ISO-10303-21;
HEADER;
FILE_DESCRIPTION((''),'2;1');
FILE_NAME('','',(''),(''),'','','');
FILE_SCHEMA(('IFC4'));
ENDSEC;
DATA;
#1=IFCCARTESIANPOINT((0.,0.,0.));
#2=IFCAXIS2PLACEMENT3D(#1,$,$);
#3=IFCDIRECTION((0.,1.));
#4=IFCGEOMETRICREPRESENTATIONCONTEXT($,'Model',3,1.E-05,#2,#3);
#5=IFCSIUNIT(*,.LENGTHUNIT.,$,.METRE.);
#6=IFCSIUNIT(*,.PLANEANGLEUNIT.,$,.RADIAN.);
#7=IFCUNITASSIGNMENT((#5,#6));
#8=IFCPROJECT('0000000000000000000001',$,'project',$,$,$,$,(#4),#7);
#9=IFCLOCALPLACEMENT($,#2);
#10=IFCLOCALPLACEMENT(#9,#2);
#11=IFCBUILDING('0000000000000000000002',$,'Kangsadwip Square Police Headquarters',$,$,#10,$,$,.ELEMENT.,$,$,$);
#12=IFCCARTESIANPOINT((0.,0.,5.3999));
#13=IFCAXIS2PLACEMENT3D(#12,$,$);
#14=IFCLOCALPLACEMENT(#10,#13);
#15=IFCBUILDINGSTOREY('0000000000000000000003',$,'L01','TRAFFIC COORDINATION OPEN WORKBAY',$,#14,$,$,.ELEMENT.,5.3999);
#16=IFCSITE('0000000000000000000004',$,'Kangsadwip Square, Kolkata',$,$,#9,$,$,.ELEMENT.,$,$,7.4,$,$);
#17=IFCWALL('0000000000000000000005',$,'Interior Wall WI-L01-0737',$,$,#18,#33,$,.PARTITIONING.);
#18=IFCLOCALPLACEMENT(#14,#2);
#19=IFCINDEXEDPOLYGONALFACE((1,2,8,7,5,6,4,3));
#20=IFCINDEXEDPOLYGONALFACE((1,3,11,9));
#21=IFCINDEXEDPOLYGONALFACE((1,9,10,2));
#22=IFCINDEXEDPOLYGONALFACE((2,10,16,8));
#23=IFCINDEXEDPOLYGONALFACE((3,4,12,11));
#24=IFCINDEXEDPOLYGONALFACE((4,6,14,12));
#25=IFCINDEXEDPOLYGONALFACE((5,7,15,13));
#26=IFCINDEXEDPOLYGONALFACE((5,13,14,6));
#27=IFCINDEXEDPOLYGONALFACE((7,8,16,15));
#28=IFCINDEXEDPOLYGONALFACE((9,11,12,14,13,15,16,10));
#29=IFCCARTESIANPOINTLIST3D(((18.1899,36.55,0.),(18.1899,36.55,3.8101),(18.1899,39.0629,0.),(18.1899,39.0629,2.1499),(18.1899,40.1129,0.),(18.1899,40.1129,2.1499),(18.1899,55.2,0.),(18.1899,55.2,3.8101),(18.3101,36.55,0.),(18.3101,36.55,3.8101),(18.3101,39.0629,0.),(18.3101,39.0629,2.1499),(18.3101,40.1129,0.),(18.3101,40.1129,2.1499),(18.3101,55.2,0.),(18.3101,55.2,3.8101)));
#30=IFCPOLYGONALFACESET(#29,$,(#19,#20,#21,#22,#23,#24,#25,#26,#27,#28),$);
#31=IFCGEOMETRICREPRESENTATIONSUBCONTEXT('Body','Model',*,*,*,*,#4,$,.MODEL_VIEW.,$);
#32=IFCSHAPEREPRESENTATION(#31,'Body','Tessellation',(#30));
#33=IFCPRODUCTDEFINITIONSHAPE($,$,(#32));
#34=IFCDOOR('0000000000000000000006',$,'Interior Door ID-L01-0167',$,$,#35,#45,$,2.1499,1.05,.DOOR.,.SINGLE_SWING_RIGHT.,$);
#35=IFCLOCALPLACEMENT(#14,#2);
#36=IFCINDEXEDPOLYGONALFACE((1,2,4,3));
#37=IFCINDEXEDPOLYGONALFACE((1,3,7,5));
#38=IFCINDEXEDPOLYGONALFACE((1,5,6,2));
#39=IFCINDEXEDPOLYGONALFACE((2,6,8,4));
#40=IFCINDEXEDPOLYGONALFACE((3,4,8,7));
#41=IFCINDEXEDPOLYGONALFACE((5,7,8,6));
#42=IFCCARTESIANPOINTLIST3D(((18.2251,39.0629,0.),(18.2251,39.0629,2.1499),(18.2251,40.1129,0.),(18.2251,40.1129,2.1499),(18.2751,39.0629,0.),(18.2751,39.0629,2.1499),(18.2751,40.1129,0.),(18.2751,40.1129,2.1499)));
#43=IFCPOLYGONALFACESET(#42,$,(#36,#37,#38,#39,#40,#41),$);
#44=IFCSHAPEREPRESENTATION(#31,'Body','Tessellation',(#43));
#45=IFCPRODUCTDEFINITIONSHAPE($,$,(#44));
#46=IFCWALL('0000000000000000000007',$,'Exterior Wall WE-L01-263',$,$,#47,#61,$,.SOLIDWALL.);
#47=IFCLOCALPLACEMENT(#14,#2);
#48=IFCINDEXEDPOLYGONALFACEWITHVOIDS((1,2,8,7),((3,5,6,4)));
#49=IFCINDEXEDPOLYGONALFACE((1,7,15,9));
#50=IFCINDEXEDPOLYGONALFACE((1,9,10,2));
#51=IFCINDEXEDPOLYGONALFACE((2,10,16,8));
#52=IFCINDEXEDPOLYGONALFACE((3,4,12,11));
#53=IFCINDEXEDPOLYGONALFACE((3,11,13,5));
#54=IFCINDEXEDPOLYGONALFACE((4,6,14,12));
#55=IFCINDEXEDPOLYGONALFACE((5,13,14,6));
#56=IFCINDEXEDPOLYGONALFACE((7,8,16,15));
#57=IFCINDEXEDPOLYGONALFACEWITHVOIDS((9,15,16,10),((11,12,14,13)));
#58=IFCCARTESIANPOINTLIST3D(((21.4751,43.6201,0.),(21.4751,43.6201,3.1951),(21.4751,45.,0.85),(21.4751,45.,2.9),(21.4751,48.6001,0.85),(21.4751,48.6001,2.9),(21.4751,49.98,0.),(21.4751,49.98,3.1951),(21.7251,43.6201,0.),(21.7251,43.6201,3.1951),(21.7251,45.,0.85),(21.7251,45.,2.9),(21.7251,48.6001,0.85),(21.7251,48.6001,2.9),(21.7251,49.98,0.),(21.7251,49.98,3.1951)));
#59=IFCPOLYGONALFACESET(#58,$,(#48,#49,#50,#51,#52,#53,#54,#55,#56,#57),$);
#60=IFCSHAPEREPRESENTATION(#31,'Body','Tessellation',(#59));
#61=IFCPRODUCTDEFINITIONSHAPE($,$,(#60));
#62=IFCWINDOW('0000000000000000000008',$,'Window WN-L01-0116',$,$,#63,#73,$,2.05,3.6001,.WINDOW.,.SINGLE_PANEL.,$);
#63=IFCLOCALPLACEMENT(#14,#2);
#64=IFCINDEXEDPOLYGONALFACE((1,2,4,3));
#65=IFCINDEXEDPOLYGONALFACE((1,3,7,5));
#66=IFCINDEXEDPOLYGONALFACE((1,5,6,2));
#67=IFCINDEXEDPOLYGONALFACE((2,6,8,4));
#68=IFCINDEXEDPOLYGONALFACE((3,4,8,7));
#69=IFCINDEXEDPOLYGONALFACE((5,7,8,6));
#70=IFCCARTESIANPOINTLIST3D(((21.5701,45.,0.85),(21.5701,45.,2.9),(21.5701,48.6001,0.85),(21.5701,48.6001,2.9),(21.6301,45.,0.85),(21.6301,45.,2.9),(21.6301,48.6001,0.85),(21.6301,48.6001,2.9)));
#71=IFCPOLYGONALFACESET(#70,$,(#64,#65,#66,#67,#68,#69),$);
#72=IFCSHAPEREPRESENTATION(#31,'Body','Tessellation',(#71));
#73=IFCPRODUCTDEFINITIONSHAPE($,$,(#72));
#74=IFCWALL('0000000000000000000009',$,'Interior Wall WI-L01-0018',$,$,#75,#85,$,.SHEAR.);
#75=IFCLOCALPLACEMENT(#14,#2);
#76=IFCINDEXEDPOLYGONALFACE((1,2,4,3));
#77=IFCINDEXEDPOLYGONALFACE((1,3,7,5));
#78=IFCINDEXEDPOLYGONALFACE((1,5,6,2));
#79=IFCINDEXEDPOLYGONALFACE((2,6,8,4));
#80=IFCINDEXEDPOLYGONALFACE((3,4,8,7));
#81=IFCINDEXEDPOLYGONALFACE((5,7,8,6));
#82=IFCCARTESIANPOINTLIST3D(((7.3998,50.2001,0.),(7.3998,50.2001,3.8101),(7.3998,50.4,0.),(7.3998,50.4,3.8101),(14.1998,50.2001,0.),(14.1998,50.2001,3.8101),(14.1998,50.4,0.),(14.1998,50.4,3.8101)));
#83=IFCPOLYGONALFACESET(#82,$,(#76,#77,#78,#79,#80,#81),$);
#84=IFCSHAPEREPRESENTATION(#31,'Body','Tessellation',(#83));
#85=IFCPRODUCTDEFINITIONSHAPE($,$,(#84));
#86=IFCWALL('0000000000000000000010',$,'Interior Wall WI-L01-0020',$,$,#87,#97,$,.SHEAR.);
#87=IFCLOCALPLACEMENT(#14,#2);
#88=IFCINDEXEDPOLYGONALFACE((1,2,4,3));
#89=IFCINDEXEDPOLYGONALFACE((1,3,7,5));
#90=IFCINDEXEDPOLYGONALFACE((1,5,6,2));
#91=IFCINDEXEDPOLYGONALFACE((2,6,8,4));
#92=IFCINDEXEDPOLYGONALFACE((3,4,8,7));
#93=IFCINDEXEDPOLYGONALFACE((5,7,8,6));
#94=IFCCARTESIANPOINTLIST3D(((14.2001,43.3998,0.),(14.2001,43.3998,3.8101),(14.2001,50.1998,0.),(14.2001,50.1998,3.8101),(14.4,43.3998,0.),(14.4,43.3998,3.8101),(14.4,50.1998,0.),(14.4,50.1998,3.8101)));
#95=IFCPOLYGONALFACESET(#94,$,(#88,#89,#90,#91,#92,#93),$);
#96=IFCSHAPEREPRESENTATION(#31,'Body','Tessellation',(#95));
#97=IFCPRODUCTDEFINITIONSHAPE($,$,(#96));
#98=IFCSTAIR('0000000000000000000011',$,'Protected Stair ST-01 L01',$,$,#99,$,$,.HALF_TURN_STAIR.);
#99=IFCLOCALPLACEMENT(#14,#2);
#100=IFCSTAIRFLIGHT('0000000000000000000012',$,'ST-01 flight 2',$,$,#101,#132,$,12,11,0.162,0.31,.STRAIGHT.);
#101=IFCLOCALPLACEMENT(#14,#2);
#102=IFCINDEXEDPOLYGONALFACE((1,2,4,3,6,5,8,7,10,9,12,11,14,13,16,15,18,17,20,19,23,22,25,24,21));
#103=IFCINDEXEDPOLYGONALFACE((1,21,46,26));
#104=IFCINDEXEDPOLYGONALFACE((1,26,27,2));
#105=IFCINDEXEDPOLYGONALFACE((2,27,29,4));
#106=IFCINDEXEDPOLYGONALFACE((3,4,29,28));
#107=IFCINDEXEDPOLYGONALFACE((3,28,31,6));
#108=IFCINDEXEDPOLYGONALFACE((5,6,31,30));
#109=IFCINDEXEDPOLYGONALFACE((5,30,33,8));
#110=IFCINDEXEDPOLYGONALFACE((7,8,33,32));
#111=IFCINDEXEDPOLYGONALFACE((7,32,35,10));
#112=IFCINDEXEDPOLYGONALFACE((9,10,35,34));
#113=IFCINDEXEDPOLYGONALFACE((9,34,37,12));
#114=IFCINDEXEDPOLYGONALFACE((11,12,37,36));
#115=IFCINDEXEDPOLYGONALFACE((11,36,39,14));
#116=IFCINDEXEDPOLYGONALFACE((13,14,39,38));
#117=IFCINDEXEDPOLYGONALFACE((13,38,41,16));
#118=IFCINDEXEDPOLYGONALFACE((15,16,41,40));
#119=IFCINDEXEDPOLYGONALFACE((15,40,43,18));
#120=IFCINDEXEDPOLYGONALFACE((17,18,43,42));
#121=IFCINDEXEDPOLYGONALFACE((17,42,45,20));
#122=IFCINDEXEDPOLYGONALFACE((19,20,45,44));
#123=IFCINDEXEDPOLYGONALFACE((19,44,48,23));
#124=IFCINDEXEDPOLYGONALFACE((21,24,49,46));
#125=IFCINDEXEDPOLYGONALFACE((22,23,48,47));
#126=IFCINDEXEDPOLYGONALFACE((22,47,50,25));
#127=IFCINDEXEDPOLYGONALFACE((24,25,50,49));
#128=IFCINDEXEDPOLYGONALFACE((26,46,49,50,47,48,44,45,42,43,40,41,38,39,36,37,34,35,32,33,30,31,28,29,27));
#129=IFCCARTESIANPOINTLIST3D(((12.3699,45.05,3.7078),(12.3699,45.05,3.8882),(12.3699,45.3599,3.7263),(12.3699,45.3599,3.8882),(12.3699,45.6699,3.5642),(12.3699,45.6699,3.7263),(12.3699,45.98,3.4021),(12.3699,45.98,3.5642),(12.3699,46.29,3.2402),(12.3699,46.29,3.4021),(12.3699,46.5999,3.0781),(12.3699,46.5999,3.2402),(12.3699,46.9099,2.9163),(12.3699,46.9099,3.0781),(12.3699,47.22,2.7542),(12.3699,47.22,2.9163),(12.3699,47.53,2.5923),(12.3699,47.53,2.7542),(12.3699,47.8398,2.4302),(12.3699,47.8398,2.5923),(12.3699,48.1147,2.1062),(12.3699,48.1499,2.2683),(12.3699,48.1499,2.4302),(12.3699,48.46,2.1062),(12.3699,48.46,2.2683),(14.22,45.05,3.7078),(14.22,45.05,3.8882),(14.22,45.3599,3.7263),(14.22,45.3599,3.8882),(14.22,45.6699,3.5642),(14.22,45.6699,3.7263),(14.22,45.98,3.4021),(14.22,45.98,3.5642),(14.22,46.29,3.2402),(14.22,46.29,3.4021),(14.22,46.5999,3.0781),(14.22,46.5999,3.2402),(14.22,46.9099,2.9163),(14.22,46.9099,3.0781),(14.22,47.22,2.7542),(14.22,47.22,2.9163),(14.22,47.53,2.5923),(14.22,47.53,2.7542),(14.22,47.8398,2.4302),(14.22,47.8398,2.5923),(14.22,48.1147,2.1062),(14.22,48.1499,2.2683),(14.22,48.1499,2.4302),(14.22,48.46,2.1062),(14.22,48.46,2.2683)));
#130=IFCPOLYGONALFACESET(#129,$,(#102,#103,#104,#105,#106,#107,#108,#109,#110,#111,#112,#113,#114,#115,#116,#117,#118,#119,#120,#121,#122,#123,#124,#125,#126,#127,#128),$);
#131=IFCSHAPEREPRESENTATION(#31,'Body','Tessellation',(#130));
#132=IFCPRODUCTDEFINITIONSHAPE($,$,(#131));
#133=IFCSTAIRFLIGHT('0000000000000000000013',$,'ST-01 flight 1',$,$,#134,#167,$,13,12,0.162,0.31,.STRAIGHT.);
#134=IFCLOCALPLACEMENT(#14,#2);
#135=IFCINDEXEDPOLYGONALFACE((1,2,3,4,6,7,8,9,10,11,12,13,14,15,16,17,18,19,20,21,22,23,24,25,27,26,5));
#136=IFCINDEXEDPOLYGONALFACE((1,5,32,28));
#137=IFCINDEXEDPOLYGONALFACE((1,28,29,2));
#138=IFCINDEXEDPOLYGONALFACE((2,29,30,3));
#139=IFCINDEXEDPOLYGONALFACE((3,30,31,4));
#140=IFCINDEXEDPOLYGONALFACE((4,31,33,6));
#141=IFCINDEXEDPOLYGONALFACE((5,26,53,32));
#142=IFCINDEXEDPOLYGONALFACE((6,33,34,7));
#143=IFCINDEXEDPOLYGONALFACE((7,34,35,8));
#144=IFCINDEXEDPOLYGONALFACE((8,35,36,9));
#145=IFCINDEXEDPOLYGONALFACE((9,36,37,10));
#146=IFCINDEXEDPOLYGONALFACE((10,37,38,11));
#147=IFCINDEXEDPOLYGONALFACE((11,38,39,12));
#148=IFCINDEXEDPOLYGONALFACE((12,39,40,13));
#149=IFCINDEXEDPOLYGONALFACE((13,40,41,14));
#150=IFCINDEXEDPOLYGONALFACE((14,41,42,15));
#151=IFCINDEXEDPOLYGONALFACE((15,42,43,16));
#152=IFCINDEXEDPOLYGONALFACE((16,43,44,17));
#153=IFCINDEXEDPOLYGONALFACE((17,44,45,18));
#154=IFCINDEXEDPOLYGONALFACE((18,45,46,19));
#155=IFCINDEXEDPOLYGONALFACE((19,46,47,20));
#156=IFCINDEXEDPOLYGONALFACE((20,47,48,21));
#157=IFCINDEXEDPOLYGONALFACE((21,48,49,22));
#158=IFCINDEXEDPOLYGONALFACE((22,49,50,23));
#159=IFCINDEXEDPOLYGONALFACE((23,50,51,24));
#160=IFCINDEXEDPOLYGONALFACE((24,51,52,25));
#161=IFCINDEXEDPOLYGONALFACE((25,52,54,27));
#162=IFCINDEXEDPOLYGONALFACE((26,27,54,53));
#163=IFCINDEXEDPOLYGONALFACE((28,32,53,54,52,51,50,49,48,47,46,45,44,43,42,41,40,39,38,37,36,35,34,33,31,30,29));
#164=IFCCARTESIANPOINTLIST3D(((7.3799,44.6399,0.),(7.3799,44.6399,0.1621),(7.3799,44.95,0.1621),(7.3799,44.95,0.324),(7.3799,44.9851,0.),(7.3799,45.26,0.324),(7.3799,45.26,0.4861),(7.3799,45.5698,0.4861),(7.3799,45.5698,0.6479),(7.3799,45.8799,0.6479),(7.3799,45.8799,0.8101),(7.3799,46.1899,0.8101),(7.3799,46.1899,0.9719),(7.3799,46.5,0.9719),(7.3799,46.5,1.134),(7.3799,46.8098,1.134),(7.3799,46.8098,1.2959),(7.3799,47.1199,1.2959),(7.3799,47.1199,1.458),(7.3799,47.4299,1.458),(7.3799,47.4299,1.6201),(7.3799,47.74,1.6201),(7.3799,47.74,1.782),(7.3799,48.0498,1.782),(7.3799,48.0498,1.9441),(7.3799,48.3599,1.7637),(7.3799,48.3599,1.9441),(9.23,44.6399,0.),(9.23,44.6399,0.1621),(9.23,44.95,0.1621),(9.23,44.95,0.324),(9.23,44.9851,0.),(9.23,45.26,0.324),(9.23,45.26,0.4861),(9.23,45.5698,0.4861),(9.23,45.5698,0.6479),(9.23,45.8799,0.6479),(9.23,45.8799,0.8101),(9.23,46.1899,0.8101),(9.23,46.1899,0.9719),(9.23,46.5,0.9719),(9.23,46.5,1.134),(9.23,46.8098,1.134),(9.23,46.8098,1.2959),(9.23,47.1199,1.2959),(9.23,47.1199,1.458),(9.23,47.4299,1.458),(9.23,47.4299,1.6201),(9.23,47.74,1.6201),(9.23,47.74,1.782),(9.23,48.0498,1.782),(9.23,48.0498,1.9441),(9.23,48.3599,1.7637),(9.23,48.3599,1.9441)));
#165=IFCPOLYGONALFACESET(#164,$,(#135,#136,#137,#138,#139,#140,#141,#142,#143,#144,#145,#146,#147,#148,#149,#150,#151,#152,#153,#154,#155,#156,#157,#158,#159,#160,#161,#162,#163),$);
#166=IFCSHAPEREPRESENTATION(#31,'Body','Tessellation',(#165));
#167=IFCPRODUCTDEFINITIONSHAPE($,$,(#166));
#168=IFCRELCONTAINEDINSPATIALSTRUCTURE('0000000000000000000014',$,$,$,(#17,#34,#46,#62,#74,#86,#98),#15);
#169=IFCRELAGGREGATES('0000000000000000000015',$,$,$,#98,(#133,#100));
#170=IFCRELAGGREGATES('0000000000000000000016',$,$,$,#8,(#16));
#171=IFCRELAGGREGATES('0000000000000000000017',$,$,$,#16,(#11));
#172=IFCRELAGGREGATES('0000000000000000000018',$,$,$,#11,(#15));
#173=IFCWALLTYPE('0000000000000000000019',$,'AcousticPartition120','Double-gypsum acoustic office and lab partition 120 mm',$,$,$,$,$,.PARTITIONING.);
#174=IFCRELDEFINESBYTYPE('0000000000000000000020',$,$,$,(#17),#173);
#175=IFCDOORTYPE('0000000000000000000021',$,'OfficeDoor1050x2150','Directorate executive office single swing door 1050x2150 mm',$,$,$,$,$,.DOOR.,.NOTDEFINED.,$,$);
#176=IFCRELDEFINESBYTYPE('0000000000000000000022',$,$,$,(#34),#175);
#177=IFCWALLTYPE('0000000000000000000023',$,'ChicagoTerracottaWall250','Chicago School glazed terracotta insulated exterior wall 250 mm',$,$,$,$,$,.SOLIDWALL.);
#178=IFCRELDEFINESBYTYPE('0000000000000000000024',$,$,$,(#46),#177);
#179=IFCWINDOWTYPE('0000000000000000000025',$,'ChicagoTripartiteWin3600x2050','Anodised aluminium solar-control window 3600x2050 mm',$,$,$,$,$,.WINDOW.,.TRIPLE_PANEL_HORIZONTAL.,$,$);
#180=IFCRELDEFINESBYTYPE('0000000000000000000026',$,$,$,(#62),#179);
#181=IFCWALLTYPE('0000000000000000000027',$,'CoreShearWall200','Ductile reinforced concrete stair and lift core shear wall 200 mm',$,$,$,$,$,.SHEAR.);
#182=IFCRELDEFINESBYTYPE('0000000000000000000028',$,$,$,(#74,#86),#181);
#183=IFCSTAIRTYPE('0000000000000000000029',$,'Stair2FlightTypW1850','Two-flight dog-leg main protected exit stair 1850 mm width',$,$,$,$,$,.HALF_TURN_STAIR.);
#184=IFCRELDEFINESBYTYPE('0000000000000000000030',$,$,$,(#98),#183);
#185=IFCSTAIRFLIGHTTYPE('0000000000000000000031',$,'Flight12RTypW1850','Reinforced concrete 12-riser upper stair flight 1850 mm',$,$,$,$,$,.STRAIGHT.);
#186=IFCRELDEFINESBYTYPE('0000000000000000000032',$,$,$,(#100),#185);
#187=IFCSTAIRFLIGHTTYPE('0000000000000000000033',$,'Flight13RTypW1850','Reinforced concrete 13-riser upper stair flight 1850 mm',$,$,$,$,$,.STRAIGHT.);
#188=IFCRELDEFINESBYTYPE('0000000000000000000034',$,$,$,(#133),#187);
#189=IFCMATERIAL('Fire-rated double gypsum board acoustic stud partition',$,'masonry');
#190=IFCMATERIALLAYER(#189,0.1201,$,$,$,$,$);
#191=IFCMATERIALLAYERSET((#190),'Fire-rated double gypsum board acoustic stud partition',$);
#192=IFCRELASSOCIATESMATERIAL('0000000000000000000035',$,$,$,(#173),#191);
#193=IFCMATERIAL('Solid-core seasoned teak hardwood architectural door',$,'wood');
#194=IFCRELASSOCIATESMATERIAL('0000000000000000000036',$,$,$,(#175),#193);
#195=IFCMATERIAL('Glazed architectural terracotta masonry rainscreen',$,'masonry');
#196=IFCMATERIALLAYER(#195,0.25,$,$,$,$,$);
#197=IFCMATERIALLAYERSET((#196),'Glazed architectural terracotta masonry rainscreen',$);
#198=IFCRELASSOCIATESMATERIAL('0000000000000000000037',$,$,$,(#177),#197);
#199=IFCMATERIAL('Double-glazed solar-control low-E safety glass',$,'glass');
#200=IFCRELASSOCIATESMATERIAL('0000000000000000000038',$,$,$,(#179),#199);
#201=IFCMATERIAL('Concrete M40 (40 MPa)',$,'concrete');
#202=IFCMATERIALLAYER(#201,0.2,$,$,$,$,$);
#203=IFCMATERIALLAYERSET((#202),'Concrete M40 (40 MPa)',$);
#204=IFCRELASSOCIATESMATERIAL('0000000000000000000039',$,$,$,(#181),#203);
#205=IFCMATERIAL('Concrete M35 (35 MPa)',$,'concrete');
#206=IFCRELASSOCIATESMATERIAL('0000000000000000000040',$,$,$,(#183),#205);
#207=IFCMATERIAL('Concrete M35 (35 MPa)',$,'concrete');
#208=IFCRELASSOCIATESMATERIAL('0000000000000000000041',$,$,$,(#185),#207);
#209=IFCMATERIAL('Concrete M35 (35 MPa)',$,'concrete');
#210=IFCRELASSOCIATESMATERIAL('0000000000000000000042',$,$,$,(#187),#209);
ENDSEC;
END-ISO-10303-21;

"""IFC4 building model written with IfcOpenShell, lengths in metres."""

from ifc_helpers import new_model, si_unit, direction, frame, frame_2d, origin, place, context, subcontext, project, spatial, polyline, rectangle, outline, extrude, material, layer, layer_set, type_object, element, fill, aggregate, save


model = new_model("IFC4")

# Units and contexts
model_context = context("Model", 3, precision=1e-05, world=origin(), true_north=direction((0.0, 1.0)))
body_context = subcontext(model_context, "Body", "Model", "MODEL_VIEW")
ifc_project = project(units=[si_unit("LENGTHUNIT", "METRE"), si_unit("PLANEANGLEUNIT", "RADIAN")], contexts=[model_context])

# Site, building, storey
site_placement = place(None, origin())
site = spatial("IfcSite", under=ifc_project, at=site_placement, Name="Kangsadwip Square, Kolkata", CompositionType="ELEMENT", RefElevation=7.4)
building_placement = place(site_placement, origin())
building = spatial("IfcBuilding", under=site, at=building_placement, Name="Kangsadwip Square Police Headquarters", CompositionType="ELEMENT")
storey_placement = place(building_placement, frame((0.0, 0.0, 5.3999)))
storey = spatial("IfcBuildingStorey", under=building, at=storey_placement, Name="L01", Description="TRAFFIC COORDINATION OPEN WORKBAY", CompositionType="ELEMENT", Elevation=5.3999)

# Wall, opening, door
ifc_material_1 = material(Name="Fire-rated double gypsum board acoustic stud partition", Category="masonry")
ifc_layer_1 = layer(ifc_material_1, 0.1201)
ifc_layer_set_1 = layer_set([ifc_layer_1], Name="Fire-rated double gypsum board acoustic stud partition")
wall_type_1 = type_object("IfcWallType", Name="AcousticPartition120", Description="Double-gypsum acoustic office and lab partition 120 mm", PredefinedType="PARTITIONING", material=ifc_layer_set_1)
wall_1_placement = place(storey_placement, frame((18.25, 36.55, 0.0), z_axis=(0.0, 0.0, 1.0), x_axis=(0.0, 1.0, 0.0)))
wall_1 = element("IfcWall", 1, at=wall_1_placement, inside=storey, type_object=wall_type_1, Name="Interior Wall WI-L01-0737", PredefinedType="PARTITIONING", context=body_context, shape_type="SweptSolid", body=[
    extrude(rectangle(XDim=18.6499, YDim=0.1201, at=frame_2d((9.325, 0.0))), origin(), (0.0, 0.0, 1.0), 3.8101),
])
opening_1_placement = place(wall_1_placement, frame((2.5129, 0.0, 0.0)))
opening_1 = element("IfcOpeningElement", 2, at=opening_1_placement, cuts=wall_1, PredefinedType="OPENING", context=body_context, shape_type="SweptSolid", body=[
    extrude(rectangle(XDim=1.05, YDim=2.1499, at=frame_2d((0.5249, 1.075))), frame((0.0, 0.0701, 0.0), z_axis=(0.0, -1.0, 0.0), x_axis=(1.0, 0.0, 0.0)), (0.0, 0.0, 1.0), 0.1401),
])
ifc_material_2 = material(Name="Solid-core seasoned teak hardwood architectural door", Category="wood")
door_type = type_object("IfcDoorType", Name="OfficeDoor1050x2150", Description="Directorate executive office single swing door 1050x2150 mm", OperationType="NOTDEFINED", PredefinedType="DOOR", material=ifc_material_2)
door_placement = place(opening_1_placement, origin())
door = element("IfcDoor", 3, at=door_placement, inside=storey, type_object=door_type, Name="Interior Door ID-L01-0167", OperationType="SINGLE_SWING_RIGHT", OverallHeight=2.1499, OverallWidth=1.05, PredefinedType="DOOR", context=body_context, shape_type="SweptSolid", body=[
    extrude(rectangle(XDim=1.05, YDim=2.1499, at=frame_2d((0.5249, 1.075))), frame((0.0, 0.0249, 0.0), z_axis=(0.0, -1.0, 0.0), x_axis=(1.0, 0.0, 0.0)), (0.0, 0.0, 1.0), 0.05),
])
fill(opening_1, door)

# Wall, opening, window
ifc_material_3 = material(Name="Glazed architectural terracotta masonry rainscreen", Category="masonry")
ifc_layer_2 = layer(ifc_material_3, 0.25)
ifc_layer_set_2 = layer_set([ifc_layer_2], Name="Glazed architectural terracotta masonry rainscreen")
wall_type_2 = type_object("IfcWallType", Name="ChicagoTerracottaWall250", Description="Chicago School glazed terracotta insulated exterior wall 250 mm", PredefinedType="SOLIDWALL", material=ifc_layer_set_2)
wall_2_placement = place(storey_placement, frame((21.6001, 43.6201, 0.0), z_axis=(0.0, 0.0, 1.0), x_axis=(0.0, 1.0, 0.0)))
wall_2 = element("IfcWall", 4, at=wall_2_placement, inside=storey, type_object=wall_type_2, Name="Exterior Wall WE-L01-263", PredefinedType="SOLIDWALL", context=body_context, shape_type="SweptSolid", body=[
    extrude(rectangle(XDim=6.3599, YDim=0.25, at=frame_2d((3.1799, 0.0))), origin(), (0.0, 0.0, 1.0), 3.1951),
])
opening_2_placement = place(wall_2_placement, frame((1.3799, 0.0, 0.8501)))
opening_2 = element("IfcOpeningElement", 5, at=opening_2_placement, cuts=wall_2, PredefinedType="OPENING", context=body_context, shape_type="SweptSolid", body=[
    extrude(rectangle(XDim=3.6001, YDim=2.05, at=frame_2d((1.8, 1.0249))), frame((0.0, 0.135, 0.0), z_axis=(0.0, -1.0, 0.0), x_axis=(1.0, 0.0, 0.0)), (0.0, 0.0, 1.0), 0.27),
])
ifc_material_4 = material(Name="Double-glazed solar-control low-E safety glass", Category="glass")
window_type = type_object("IfcWindowType", Name="ChicagoTripartiteWin3600x2050", Description="Anodised aluminium solar-control window 3600x2050 mm", PartitioningType="TRIPLE_PANEL_HORIZONTAL", PredefinedType="WINDOW", material=ifc_material_4)
window_placement = place(opening_2_placement, origin())
window = element("IfcWindow", 6, at=window_placement, inside=storey, type_object=window_type, Name="Window WN-L01-0116", OverallHeight=2.05, OverallWidth=3.6001, PartitioningType="SINGLE_PANEL", PredefinedType="WINDOW", context=body_context, shape_type="SweptSolid", body=[
    extrude(rectangle(XDim=3.6001, YDim=2.05, at=frame_2d((1.8, 1.0249))), frame((0.0, 0.03, 0.0), z_axis=(0.0, -1.0, 0.0), x_axis=(1.0, 0.0, 0.0)), (0.0, 0.0, 1.0), 0.0601),
])
fill(opening_2, window)

# Walls
ifc_material_5 = material(Name="Concrete M40 (40 MPa)", Category="concrete")
ifc_layer_3 = layer(ifc_material_5, 0.2)
ifc_layer_set_3 = layer_set([ifc_layer_3], Name="Concrete M40 (40 MPa)")
wall_type_3 = type_object("IfcWallType", Name="CoreShearWall200", Description="Ductile reinforced concrete stair and lift core shear wall 200 mm", PredefinedType="SHEAR", material=ifc_layer_set_3)
for number, where, z_axis, x_axis, name in (
    (7, (7.3999, 50.3, 0.0), (0.0, 0.0, 1.0), (1.0, 0.0, 0.0), "Interior Wall WI-L01-0018"),
    (8, (14.3, 43.3999, 0.0), (0.0, 0.0, 1.0), (0.0, 1.0, 0.0), "Interior Wall WI-L01-0020"),
):
    element("IfcWall", number, at=place(storey_placement, frame(where, z_axis=z_axis, x_axis=x_axis)), inside=storey, type_object=wall_type_3, Name=name, PredefinedType="SHEAR", context=body_context, shape_type="SweptSolid", body=[
        extrude(rectangle(XDim=6.8, YDim=0.2, at=frame_2d((3.3999, 0.0))), origin(), (0.0, 0.0, 1.0), 3.8101),
    ])

# Stair, stair flights
ifc_material_6 = material(Name="Concrete M35 (35 MPa)", Category="concrete")
stair_type = type_object("IfcStairType", Name="Stair2FlightTypW1850", Description="Two-flight dog-leg main protected exit stair 1850 mm width", PredefinedType="HALF_TURN_STAIR", material=ifc_material_6)
stair_placement = place(storey_placement, origin())
stair = element("IfcStair", 9, at=stair_placement, inside=storey, type_object=stair_type, Name="Protected Stair ST-01 L01", PredefinedType="HALF_TURN_STAIR")
ifc_material_7 = material(Name="Concrete M35 (35 MPa)", Category="concrete")
stair_flight_type_1 = type_object("IfcStairFlightType", Name="Flight12RTypW1850", Description="Reinforced concrete 12-riser upper stair flight 1850 mm", PredefinedType="STRAIGHT", material=ifc_material_7)
stair_flight_1_placement = place(storey_placement, frame((13.2949, 48.46, 2.1062), z_axis=(0.0, 0.0, 1.0), x_axis=(0.0, -1.0, 0.0)))
stair_flight_1 = element("IfcStairFlight", 10, at=stair_flight_1_placement, type_object=stair_flight_type_1, Name="ST-01 flight 2", NumberOfRisers=12, NumberOfTreads=11, PredefinedType="STRAIGHT", RiserHeight=0.162, TreadLength=0.31, context=body_context, shape_type="SweptSolid", body=[
    extrude(outline(polyline([(0.0, 0.0), (0.0, 0.1621), (0.3101, 0.1621), (0.3101, 0.324), (0.6201, 0.324), (0.6201, 0.4861), (0.9299, 0.4861), (0.9299, 0.6479), (1.24, 0.6479), (1.24, 0.8101), (1.55, 0.8101), (1.55, 0.9719), (1.8601, 0.9719), (1.8601, 1.134), (2.1699, 1.134), (2.1699, 1.2959), (2.48, 1.2959), (2.48, 1.458), (2.79, 1.458), (2.79, 1.6201), (3.1001, 1.6201), (3.1001, 1.782), (3.4099, 1.782), (3.4099, 1.9441), (3.4099, 1.6016), (0.3452, 0.0), (0.0, 0.0)])), frame((0.0, 0.925, 0.0), z_axis=(0.0, -1.0, 0.0), x_axis=(1.0, 0.0, 0.0)), (0.0, 0.0, 1.0), 1.8501),
])
ifc_material_8 = material(Name="Concrete M35 (35 MPa)", Category="concrete")
stair_flight_type_2 = type_object("IfcStairFlightType", Name="Flight13RTypW1850", Description="Reinforced concrete 13-riser upper stair flight 1850 mm", PredefinedType="STRAIGHT", material=ifc_material_8)
stair_flight_2_placement = place(storey_placement, frame((8.3049, 44.6399, 0.0), z_axis=(0.0, 0.0, 1.0), x_axis=(0.0, 1.0, 0.0)))
stair_flight_2 = element("IfcStairFlight", 11, at=stair_flight_2_placement, type_object=stair_flight_type_2, Name="ST-01 flight 1", NumberOfRisers=13, NumberOfTreads=12, PredefinedType="STRAIGHT", RiserHeight=0.162, TreadLength=0.31, context=body_context, shape_type="SweptSolid", body=[
    extrude(outline(polyline([(0.0, 0.0), (0.0, 0.1621), (0.3101, 0.1621), (0.3101, 0.324), (0.6201, 0.324), (0.6201, 0.4861), (0.9299, 0.4861), (0.9299, 0.6479), (1.24, 0.6479), (1.24, 0.8101), (1.55, 0.8101), (1.55, 0.9719), (1.8601, 0.9719), (1.8601, 1.134), (2.1699, 1.134), (2.1699, 1.2959), (2.48, 1.2959), (2.48, 1.458), (2.79, 1.458), (2.79, 1.6201), (3.1001, 1.6201), (3.1001, 1.782), (3.4099, 1.782), (3.4099, 1.9441), (3.72, 1.9441), (3.72, 2.106), (3.72, 1.7637), (0.3452, 0.0), (0.0, 0.0)])), frame((0.0, 0.925, 0.0), z_axis=(0.0, -1.0, 0.0), x_axis=(1.0, 0.0, 0.0)), (0.0, 0.0, 1.0), 1.8501),
])
aggregate(stair, [stair_flight_2, stair_flight_1])

save(model, "model.ifc")
